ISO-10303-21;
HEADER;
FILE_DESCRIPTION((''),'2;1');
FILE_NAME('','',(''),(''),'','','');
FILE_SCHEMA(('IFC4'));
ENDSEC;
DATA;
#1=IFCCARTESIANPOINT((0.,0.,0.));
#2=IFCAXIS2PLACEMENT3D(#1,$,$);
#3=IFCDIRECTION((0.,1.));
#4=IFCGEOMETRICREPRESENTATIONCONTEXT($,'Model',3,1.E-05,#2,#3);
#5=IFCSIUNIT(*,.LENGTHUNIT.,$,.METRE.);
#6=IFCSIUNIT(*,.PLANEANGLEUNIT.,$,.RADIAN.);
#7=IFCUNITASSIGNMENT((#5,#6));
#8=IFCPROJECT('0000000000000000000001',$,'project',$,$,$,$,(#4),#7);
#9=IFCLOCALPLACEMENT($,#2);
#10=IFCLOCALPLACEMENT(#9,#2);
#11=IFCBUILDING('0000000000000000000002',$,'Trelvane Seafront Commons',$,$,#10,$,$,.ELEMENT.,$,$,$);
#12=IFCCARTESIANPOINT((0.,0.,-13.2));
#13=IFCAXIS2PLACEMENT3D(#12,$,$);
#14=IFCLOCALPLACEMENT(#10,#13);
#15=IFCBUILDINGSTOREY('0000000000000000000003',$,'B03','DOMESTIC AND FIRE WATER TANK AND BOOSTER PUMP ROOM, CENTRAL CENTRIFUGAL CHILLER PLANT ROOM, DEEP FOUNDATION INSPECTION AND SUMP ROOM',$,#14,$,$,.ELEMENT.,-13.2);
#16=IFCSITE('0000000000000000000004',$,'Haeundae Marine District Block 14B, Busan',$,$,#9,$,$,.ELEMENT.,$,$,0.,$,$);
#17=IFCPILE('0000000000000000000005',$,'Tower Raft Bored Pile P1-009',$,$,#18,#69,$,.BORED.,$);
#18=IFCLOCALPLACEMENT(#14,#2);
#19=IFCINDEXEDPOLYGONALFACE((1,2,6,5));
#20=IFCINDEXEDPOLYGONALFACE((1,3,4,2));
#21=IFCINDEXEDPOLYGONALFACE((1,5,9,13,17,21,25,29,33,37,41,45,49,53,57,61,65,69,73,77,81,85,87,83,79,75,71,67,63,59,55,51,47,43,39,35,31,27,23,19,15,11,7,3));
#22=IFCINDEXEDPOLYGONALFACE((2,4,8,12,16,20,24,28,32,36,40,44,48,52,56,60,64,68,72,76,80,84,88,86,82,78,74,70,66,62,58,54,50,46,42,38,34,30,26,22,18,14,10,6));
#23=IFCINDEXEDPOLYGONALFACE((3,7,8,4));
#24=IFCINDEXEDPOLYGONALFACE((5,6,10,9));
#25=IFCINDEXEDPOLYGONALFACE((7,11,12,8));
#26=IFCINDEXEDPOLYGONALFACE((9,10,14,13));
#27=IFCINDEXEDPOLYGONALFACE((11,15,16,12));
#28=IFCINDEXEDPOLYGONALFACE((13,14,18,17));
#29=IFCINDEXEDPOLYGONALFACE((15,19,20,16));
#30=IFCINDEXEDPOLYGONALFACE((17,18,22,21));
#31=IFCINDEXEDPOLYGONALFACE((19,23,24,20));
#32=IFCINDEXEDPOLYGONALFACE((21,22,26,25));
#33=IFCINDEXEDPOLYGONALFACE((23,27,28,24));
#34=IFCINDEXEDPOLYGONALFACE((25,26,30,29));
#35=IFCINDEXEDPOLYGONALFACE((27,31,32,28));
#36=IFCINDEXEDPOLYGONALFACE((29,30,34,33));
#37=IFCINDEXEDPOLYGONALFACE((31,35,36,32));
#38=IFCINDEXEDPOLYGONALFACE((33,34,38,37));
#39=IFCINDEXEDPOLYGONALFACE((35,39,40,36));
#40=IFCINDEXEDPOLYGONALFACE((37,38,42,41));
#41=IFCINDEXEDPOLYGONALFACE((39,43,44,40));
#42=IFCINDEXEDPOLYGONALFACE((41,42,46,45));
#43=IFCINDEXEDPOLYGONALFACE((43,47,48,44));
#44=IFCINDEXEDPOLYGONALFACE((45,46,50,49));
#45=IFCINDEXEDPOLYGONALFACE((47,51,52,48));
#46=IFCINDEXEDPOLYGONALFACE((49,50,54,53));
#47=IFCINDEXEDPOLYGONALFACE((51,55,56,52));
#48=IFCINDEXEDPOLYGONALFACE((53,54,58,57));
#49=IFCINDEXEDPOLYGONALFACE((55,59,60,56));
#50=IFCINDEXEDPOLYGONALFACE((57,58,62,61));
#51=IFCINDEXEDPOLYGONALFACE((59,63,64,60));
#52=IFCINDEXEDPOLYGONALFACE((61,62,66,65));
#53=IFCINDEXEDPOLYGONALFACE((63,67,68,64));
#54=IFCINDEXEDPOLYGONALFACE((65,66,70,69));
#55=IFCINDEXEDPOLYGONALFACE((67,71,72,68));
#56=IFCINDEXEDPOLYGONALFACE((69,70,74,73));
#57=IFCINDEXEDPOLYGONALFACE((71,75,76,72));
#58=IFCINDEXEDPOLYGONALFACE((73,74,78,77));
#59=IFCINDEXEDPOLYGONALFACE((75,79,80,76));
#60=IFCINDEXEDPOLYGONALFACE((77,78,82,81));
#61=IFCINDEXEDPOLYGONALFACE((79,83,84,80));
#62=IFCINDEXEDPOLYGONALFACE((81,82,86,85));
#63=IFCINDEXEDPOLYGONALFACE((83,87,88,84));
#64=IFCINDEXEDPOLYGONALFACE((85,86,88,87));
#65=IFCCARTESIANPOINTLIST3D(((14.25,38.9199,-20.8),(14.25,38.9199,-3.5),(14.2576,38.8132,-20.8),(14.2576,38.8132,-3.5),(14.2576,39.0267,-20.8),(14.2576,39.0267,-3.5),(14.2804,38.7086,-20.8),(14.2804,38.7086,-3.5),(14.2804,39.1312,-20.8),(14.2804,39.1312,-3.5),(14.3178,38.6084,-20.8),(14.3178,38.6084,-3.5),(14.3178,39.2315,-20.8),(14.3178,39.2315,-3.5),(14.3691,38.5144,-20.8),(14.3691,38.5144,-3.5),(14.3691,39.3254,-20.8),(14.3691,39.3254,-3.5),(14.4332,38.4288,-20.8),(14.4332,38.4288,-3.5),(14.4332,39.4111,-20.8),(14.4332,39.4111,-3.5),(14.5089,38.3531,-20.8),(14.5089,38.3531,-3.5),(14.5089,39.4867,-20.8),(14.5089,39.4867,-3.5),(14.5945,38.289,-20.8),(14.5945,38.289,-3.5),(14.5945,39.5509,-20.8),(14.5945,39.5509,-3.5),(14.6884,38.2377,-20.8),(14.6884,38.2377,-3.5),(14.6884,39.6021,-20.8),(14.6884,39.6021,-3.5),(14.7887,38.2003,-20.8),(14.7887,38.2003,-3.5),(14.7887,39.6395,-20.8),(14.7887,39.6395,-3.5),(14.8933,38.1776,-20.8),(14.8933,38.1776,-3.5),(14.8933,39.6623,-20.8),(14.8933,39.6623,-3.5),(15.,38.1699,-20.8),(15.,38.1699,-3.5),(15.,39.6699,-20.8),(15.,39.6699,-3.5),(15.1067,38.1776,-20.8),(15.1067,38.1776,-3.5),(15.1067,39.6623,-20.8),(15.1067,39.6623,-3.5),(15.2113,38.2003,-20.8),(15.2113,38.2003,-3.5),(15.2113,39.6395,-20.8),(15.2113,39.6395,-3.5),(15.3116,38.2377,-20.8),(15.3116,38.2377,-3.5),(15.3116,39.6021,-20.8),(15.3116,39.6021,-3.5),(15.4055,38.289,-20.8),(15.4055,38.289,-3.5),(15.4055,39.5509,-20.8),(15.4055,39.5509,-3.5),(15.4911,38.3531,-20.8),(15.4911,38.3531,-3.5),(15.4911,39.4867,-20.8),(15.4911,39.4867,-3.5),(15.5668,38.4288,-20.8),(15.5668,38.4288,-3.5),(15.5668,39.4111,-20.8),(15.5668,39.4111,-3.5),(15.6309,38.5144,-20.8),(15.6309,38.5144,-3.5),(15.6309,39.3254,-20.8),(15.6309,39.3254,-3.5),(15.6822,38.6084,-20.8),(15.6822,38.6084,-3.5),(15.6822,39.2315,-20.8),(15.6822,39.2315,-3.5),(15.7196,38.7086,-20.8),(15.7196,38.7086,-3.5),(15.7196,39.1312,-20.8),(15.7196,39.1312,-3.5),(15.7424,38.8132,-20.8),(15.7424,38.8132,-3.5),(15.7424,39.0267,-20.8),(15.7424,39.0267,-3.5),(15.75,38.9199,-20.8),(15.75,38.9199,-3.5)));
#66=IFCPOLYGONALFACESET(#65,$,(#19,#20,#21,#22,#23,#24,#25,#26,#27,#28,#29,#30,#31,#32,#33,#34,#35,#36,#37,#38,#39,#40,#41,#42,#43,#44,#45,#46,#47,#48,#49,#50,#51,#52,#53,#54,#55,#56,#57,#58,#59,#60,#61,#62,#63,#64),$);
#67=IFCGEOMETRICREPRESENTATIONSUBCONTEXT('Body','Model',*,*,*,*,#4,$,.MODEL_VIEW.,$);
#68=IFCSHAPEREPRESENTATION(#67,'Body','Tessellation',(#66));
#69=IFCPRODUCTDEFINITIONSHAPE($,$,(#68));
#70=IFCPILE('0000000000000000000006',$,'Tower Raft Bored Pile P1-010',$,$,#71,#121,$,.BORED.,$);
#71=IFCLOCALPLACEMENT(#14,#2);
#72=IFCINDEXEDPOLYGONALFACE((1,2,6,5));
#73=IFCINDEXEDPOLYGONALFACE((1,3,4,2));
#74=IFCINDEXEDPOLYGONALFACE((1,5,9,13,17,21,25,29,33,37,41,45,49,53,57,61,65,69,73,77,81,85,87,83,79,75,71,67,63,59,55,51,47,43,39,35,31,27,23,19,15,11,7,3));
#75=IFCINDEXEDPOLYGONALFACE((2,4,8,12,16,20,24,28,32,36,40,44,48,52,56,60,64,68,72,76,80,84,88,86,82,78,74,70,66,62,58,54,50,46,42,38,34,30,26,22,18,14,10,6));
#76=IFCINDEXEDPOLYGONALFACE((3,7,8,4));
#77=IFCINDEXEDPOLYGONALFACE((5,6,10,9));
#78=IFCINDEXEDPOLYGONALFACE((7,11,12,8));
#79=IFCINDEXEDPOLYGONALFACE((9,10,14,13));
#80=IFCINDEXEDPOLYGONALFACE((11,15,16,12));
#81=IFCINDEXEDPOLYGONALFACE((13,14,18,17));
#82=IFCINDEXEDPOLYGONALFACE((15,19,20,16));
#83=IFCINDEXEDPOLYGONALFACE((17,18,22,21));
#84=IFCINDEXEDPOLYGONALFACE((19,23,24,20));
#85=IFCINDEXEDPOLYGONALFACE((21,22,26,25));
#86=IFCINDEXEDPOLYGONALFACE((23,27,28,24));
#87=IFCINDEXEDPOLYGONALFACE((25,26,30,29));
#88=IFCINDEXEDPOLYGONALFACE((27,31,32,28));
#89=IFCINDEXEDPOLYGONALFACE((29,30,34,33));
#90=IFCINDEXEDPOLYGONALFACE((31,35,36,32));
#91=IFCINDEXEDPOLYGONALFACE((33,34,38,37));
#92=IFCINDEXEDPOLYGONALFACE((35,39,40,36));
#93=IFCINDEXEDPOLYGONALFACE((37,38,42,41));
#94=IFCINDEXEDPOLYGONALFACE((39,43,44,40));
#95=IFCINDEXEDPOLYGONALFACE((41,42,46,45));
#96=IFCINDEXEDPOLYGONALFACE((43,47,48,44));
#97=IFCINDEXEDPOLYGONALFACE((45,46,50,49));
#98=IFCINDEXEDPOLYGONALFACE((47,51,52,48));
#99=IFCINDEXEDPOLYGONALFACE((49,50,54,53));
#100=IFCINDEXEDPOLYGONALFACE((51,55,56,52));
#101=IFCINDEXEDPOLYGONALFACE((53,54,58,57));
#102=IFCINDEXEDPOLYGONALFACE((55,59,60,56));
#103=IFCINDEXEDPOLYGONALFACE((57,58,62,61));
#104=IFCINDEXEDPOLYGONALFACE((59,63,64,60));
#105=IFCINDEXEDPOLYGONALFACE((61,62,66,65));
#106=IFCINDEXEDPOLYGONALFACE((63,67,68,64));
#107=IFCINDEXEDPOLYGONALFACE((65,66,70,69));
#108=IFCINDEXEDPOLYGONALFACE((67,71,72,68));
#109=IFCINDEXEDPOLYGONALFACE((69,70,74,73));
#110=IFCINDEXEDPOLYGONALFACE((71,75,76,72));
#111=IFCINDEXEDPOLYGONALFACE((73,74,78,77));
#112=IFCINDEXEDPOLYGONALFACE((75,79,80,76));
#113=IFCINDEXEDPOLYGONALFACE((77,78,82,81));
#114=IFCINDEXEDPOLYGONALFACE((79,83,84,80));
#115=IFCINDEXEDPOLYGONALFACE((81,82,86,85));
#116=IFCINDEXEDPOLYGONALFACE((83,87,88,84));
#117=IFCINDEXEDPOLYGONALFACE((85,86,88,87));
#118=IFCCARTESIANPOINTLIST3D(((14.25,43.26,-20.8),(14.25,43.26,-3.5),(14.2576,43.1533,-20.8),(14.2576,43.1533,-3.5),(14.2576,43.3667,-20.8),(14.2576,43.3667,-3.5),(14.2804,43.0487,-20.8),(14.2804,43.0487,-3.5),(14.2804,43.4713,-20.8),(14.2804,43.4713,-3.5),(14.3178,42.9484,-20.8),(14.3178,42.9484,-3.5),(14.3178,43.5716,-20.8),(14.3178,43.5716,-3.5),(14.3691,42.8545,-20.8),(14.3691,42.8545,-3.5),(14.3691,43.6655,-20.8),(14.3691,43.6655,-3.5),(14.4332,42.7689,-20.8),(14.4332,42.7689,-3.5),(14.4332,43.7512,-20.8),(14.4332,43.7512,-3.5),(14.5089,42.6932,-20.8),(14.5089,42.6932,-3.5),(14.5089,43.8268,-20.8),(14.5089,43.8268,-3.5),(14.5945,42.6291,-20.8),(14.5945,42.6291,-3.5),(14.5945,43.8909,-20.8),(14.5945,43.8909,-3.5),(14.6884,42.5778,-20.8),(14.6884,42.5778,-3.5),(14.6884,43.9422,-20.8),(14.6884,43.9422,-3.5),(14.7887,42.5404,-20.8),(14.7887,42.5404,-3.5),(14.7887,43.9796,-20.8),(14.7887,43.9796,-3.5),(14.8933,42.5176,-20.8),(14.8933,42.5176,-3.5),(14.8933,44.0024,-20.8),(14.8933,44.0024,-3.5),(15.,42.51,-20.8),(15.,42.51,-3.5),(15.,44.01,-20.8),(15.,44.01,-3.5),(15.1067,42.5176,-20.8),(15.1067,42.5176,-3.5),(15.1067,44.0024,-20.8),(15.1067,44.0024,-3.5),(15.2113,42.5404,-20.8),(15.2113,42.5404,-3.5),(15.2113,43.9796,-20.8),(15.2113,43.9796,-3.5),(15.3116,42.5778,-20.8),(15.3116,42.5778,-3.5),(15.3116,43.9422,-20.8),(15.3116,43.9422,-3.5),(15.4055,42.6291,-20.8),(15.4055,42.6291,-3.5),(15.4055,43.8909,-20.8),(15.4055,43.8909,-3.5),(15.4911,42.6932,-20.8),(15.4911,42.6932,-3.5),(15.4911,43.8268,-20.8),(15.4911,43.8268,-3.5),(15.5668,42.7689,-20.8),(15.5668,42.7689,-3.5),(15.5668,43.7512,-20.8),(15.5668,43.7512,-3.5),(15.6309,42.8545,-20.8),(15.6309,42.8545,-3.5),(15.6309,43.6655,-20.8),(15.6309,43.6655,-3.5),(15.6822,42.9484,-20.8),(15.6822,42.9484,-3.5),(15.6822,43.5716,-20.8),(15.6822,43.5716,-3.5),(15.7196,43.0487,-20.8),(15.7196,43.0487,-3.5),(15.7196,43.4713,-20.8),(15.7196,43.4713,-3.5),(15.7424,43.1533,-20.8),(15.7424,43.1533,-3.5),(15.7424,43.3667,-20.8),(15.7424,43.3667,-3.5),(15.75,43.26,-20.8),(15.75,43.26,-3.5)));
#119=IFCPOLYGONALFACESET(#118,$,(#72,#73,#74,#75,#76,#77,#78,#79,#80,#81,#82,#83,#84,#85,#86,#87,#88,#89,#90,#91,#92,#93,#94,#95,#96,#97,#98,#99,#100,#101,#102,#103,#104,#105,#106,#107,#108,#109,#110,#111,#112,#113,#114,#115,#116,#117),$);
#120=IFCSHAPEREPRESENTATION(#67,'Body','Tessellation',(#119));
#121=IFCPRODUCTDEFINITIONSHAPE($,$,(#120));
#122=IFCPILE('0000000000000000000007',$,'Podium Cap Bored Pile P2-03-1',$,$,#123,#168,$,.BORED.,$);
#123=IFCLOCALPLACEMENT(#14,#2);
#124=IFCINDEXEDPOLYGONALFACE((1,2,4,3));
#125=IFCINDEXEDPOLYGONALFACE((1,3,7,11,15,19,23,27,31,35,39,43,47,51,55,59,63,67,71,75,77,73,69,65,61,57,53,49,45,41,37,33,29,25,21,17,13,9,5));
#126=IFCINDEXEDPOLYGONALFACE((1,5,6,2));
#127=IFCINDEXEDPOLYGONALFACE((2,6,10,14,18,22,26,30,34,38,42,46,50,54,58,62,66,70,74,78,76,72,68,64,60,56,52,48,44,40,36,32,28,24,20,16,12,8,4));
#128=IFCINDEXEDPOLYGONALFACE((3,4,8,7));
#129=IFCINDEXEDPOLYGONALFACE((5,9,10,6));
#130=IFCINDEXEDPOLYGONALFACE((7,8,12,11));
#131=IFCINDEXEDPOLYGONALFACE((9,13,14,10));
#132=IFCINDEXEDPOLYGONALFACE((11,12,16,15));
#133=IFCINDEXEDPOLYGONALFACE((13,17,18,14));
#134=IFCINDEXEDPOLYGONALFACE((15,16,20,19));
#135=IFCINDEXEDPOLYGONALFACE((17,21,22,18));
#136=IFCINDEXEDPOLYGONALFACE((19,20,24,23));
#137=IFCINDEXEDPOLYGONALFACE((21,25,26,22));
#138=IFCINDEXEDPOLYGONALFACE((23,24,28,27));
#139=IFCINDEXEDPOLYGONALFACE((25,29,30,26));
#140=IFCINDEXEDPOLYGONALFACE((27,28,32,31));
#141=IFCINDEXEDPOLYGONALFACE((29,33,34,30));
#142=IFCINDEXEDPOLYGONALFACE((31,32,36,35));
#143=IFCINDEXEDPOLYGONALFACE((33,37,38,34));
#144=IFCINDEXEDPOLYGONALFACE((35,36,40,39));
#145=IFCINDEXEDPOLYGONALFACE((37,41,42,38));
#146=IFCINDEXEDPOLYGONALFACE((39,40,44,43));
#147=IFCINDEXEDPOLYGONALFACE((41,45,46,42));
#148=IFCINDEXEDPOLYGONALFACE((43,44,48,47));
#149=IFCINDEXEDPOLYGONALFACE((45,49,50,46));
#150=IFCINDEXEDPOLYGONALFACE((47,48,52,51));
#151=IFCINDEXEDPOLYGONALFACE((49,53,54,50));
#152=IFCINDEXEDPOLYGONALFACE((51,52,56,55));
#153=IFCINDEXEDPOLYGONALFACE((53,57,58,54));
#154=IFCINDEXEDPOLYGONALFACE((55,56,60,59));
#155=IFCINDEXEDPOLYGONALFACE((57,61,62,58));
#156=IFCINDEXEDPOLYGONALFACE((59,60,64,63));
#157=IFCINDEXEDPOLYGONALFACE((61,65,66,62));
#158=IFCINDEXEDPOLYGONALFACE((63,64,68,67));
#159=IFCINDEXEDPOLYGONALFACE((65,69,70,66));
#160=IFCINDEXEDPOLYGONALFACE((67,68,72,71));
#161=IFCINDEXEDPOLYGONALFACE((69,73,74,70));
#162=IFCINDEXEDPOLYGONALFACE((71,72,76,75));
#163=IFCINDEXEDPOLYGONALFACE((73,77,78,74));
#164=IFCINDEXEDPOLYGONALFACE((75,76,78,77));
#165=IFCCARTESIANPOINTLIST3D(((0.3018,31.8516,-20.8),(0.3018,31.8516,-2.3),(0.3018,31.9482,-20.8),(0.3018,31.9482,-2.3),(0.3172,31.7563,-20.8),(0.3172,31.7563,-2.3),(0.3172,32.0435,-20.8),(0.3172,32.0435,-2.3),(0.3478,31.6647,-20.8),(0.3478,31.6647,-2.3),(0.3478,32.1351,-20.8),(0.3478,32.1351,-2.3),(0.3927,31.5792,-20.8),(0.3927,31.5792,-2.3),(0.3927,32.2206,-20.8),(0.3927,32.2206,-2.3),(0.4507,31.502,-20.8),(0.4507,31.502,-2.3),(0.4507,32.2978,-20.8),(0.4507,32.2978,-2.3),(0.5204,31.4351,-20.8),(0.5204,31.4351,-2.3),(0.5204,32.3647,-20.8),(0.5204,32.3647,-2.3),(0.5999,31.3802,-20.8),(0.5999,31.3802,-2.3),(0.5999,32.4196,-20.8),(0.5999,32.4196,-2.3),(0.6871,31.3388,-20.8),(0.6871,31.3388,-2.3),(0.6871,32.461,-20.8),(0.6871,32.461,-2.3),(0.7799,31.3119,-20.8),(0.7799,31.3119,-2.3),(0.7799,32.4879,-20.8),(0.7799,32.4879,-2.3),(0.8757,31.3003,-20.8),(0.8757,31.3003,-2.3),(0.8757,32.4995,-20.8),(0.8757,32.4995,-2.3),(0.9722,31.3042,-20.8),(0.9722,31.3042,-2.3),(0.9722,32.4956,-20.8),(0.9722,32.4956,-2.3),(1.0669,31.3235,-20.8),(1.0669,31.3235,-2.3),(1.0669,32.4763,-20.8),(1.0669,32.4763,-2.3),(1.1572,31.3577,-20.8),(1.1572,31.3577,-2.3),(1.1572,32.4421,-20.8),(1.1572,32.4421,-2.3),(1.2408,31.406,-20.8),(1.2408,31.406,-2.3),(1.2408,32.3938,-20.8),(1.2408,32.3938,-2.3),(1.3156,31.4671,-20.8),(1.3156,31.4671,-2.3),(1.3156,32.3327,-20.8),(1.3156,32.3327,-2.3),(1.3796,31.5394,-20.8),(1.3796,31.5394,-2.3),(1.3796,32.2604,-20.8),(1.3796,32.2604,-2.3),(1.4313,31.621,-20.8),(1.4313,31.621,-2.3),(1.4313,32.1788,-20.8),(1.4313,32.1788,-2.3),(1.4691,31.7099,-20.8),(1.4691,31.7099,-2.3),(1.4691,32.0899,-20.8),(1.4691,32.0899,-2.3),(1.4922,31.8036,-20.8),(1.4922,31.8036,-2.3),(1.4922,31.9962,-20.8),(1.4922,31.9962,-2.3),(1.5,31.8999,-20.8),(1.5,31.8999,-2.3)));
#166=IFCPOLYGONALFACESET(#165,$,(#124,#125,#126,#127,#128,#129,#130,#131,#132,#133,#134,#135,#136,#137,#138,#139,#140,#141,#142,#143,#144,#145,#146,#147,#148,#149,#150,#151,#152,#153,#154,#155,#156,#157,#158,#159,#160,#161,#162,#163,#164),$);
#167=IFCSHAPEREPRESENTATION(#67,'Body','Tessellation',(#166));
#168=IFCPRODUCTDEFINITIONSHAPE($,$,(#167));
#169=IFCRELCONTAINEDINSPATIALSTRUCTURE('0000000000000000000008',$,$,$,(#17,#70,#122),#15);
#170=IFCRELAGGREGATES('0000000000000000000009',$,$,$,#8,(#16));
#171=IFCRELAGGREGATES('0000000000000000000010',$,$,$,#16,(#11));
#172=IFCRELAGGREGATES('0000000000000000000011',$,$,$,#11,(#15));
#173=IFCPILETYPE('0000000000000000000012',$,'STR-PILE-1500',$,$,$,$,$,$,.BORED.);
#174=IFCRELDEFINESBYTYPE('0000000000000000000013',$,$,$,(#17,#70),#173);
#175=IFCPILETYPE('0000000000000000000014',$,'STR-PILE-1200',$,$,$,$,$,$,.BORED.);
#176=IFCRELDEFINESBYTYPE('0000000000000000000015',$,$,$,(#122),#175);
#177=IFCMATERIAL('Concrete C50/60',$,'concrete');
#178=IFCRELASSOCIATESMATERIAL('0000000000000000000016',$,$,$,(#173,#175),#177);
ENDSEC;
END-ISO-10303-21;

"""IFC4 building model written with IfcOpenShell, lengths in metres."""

from ifc_helpers import new_model, si_unit, direction, frame, origin, origin_2d, place, context, subcontext, project, spatial, circle, extrude, source, transform, mapped, material, material_profile, profile_set, type_object, element, save


model = new_model("IFC4")

# Units and contexts
model_context = context("Model", 3, precision=1e-05, world=origin(), true_north=direction((0.0, 1.0)))
body_context = subcontext(model_context, "Body", "Model", "MODEL_VIEW")
ifc_project = project(units=[si_unit("LENGTHUNIT", "METRE"), si_unit("PLANEANGLEUNIT", "RADIAN")], contexts=[model_context])

# Site, building, storey
site_placement = place(None, origin())
site = spatial("IfcSite", under=ifc_project, at=site_placement, Name="Haeundae Marine District Block 14B, Busan", CompositionType="ELEMENT", RefElevation=0.0)
building_placement = place(site_placement, origin())
building = spatial("IfcBuilding", under=site, at=building_placement, Name="Trelvane Seafront Commons", CompositionType="ELEMENT")
storey_placement = place(building_placement, frame((0.0, 0.0, -13.2)))
storey = spatial("IfcBuildingStorey", under=building, at=storey_placement, Name="B03", Description="DOMESTIC AND FIRE WATER TANK AND BOOSTER PUMP ROOM, CENTRAL CENTRIFUGAL CHILLER PLANT ROOM, DEEP FOUNDATION INSPECTION AND SUMP ROOM", CompositionType="ELEMENT", Elevation=-13.2)

# Piles
ifc_material_1 = material(Name="Concrete C50/60", Category="concrete")
ifc_material_profile_1 = material_profile(ifc_material_1, circle(Radius=0.75, at=origin_2d()), Name="PILE-1500")
ifc_profile_set_1 = profile_set([ifc_material_profile_1], Name="Concrete C50/60")
pile_type_1 = type_object("IfcPileType", Name="STR-PILE-1500", PredefinedType="BORED", material=ifc_profile_set_1)
shared_shape_1 = source(origin(), body_context, "Body", "SweptSolid", [
    extrude(circle(Radius=0.75, at=origin_2d()), origin(), (0.0, 0.0, 1.0), 17.3),
])
for number, where, z_axis, x_axis, name in (
    (1, (15.0, 38.9199, -3.5), (0.0, 0.0, -1.0), (1.0, 0.0, 0.0), "Tower Raft Bored Pile P1-009"),
    (2, (15.0, 43.26, -3.5), (0.0, 0.0, -1.0), (1.0, 0.0, 0.0), "Tower Raft Bored Pile P1-010"),
):
    element("IfcPile", number, at=place(storey_placement, frame(where, z_axis=z_axis, x_axis=x_axis)), inside=storey, type_object=pile_type_1, Name=name, PredefinedType="BORED", context=body_context, shape_type="MappedRepresentation", body=[
        mapped(shared_shape_1, transform((0.0, 0.0, 0.0), x_axis=(1.0, 0.0, 0.0), y_axis=(0.0, 1.0, 0.0), z_axis=(0.0, 0.0, 1.0), scale=1.0)),
    ])
ifc_material_profile_2 = material_profile(ifc_material_1, circle(Radius=0.6001, at=origin_2d()), Name="PILE-1200")
ifc_profile_set_2 = profile_set([ifc_material_profile_2], Name="Concrete C50/60")
pile_type_2 = type_object("IfcPileType", Name="STR-PILE-1200", PredefinedType="BORED", material=ifc_profile_set_2)
shared_shape_2 = source(origin(), body_context, "Body", "SweptSolid", [
    extrude(circle(Radius=0.6001, at=origin_2d()), origin(), (0.0, 0.0, 1.0), 18.5),
])
for number, where, z_axis, x_axis, name in (
    (3, (0.8999, 31.8999, -2.3), (0.0, 0.0, -1.0), (1.0, 0.0, 0.0), "Podium Cap Bored Pile P2-03-1"),
):
    element("IfcPile", number, at=place(storey_placement, frame(where, z_axis=z_axis, x_axis=x_axis)), inside=storey, type_object=pile_type_2, Name=name, PredefinedType="BORED", context=body_context, shape_type="MappedRepresentation", body=[
        mapped(shared_shape_2, transform((0.0, 0.0, 0.0), x_axis=(1.0, 0.0, 0.0), y_axis=(0.0, 1.0, 0.0), z_axis=(0.0, 0.0, 1.0), scale=1.0)),
    ])

save(model, "model.ifc")
